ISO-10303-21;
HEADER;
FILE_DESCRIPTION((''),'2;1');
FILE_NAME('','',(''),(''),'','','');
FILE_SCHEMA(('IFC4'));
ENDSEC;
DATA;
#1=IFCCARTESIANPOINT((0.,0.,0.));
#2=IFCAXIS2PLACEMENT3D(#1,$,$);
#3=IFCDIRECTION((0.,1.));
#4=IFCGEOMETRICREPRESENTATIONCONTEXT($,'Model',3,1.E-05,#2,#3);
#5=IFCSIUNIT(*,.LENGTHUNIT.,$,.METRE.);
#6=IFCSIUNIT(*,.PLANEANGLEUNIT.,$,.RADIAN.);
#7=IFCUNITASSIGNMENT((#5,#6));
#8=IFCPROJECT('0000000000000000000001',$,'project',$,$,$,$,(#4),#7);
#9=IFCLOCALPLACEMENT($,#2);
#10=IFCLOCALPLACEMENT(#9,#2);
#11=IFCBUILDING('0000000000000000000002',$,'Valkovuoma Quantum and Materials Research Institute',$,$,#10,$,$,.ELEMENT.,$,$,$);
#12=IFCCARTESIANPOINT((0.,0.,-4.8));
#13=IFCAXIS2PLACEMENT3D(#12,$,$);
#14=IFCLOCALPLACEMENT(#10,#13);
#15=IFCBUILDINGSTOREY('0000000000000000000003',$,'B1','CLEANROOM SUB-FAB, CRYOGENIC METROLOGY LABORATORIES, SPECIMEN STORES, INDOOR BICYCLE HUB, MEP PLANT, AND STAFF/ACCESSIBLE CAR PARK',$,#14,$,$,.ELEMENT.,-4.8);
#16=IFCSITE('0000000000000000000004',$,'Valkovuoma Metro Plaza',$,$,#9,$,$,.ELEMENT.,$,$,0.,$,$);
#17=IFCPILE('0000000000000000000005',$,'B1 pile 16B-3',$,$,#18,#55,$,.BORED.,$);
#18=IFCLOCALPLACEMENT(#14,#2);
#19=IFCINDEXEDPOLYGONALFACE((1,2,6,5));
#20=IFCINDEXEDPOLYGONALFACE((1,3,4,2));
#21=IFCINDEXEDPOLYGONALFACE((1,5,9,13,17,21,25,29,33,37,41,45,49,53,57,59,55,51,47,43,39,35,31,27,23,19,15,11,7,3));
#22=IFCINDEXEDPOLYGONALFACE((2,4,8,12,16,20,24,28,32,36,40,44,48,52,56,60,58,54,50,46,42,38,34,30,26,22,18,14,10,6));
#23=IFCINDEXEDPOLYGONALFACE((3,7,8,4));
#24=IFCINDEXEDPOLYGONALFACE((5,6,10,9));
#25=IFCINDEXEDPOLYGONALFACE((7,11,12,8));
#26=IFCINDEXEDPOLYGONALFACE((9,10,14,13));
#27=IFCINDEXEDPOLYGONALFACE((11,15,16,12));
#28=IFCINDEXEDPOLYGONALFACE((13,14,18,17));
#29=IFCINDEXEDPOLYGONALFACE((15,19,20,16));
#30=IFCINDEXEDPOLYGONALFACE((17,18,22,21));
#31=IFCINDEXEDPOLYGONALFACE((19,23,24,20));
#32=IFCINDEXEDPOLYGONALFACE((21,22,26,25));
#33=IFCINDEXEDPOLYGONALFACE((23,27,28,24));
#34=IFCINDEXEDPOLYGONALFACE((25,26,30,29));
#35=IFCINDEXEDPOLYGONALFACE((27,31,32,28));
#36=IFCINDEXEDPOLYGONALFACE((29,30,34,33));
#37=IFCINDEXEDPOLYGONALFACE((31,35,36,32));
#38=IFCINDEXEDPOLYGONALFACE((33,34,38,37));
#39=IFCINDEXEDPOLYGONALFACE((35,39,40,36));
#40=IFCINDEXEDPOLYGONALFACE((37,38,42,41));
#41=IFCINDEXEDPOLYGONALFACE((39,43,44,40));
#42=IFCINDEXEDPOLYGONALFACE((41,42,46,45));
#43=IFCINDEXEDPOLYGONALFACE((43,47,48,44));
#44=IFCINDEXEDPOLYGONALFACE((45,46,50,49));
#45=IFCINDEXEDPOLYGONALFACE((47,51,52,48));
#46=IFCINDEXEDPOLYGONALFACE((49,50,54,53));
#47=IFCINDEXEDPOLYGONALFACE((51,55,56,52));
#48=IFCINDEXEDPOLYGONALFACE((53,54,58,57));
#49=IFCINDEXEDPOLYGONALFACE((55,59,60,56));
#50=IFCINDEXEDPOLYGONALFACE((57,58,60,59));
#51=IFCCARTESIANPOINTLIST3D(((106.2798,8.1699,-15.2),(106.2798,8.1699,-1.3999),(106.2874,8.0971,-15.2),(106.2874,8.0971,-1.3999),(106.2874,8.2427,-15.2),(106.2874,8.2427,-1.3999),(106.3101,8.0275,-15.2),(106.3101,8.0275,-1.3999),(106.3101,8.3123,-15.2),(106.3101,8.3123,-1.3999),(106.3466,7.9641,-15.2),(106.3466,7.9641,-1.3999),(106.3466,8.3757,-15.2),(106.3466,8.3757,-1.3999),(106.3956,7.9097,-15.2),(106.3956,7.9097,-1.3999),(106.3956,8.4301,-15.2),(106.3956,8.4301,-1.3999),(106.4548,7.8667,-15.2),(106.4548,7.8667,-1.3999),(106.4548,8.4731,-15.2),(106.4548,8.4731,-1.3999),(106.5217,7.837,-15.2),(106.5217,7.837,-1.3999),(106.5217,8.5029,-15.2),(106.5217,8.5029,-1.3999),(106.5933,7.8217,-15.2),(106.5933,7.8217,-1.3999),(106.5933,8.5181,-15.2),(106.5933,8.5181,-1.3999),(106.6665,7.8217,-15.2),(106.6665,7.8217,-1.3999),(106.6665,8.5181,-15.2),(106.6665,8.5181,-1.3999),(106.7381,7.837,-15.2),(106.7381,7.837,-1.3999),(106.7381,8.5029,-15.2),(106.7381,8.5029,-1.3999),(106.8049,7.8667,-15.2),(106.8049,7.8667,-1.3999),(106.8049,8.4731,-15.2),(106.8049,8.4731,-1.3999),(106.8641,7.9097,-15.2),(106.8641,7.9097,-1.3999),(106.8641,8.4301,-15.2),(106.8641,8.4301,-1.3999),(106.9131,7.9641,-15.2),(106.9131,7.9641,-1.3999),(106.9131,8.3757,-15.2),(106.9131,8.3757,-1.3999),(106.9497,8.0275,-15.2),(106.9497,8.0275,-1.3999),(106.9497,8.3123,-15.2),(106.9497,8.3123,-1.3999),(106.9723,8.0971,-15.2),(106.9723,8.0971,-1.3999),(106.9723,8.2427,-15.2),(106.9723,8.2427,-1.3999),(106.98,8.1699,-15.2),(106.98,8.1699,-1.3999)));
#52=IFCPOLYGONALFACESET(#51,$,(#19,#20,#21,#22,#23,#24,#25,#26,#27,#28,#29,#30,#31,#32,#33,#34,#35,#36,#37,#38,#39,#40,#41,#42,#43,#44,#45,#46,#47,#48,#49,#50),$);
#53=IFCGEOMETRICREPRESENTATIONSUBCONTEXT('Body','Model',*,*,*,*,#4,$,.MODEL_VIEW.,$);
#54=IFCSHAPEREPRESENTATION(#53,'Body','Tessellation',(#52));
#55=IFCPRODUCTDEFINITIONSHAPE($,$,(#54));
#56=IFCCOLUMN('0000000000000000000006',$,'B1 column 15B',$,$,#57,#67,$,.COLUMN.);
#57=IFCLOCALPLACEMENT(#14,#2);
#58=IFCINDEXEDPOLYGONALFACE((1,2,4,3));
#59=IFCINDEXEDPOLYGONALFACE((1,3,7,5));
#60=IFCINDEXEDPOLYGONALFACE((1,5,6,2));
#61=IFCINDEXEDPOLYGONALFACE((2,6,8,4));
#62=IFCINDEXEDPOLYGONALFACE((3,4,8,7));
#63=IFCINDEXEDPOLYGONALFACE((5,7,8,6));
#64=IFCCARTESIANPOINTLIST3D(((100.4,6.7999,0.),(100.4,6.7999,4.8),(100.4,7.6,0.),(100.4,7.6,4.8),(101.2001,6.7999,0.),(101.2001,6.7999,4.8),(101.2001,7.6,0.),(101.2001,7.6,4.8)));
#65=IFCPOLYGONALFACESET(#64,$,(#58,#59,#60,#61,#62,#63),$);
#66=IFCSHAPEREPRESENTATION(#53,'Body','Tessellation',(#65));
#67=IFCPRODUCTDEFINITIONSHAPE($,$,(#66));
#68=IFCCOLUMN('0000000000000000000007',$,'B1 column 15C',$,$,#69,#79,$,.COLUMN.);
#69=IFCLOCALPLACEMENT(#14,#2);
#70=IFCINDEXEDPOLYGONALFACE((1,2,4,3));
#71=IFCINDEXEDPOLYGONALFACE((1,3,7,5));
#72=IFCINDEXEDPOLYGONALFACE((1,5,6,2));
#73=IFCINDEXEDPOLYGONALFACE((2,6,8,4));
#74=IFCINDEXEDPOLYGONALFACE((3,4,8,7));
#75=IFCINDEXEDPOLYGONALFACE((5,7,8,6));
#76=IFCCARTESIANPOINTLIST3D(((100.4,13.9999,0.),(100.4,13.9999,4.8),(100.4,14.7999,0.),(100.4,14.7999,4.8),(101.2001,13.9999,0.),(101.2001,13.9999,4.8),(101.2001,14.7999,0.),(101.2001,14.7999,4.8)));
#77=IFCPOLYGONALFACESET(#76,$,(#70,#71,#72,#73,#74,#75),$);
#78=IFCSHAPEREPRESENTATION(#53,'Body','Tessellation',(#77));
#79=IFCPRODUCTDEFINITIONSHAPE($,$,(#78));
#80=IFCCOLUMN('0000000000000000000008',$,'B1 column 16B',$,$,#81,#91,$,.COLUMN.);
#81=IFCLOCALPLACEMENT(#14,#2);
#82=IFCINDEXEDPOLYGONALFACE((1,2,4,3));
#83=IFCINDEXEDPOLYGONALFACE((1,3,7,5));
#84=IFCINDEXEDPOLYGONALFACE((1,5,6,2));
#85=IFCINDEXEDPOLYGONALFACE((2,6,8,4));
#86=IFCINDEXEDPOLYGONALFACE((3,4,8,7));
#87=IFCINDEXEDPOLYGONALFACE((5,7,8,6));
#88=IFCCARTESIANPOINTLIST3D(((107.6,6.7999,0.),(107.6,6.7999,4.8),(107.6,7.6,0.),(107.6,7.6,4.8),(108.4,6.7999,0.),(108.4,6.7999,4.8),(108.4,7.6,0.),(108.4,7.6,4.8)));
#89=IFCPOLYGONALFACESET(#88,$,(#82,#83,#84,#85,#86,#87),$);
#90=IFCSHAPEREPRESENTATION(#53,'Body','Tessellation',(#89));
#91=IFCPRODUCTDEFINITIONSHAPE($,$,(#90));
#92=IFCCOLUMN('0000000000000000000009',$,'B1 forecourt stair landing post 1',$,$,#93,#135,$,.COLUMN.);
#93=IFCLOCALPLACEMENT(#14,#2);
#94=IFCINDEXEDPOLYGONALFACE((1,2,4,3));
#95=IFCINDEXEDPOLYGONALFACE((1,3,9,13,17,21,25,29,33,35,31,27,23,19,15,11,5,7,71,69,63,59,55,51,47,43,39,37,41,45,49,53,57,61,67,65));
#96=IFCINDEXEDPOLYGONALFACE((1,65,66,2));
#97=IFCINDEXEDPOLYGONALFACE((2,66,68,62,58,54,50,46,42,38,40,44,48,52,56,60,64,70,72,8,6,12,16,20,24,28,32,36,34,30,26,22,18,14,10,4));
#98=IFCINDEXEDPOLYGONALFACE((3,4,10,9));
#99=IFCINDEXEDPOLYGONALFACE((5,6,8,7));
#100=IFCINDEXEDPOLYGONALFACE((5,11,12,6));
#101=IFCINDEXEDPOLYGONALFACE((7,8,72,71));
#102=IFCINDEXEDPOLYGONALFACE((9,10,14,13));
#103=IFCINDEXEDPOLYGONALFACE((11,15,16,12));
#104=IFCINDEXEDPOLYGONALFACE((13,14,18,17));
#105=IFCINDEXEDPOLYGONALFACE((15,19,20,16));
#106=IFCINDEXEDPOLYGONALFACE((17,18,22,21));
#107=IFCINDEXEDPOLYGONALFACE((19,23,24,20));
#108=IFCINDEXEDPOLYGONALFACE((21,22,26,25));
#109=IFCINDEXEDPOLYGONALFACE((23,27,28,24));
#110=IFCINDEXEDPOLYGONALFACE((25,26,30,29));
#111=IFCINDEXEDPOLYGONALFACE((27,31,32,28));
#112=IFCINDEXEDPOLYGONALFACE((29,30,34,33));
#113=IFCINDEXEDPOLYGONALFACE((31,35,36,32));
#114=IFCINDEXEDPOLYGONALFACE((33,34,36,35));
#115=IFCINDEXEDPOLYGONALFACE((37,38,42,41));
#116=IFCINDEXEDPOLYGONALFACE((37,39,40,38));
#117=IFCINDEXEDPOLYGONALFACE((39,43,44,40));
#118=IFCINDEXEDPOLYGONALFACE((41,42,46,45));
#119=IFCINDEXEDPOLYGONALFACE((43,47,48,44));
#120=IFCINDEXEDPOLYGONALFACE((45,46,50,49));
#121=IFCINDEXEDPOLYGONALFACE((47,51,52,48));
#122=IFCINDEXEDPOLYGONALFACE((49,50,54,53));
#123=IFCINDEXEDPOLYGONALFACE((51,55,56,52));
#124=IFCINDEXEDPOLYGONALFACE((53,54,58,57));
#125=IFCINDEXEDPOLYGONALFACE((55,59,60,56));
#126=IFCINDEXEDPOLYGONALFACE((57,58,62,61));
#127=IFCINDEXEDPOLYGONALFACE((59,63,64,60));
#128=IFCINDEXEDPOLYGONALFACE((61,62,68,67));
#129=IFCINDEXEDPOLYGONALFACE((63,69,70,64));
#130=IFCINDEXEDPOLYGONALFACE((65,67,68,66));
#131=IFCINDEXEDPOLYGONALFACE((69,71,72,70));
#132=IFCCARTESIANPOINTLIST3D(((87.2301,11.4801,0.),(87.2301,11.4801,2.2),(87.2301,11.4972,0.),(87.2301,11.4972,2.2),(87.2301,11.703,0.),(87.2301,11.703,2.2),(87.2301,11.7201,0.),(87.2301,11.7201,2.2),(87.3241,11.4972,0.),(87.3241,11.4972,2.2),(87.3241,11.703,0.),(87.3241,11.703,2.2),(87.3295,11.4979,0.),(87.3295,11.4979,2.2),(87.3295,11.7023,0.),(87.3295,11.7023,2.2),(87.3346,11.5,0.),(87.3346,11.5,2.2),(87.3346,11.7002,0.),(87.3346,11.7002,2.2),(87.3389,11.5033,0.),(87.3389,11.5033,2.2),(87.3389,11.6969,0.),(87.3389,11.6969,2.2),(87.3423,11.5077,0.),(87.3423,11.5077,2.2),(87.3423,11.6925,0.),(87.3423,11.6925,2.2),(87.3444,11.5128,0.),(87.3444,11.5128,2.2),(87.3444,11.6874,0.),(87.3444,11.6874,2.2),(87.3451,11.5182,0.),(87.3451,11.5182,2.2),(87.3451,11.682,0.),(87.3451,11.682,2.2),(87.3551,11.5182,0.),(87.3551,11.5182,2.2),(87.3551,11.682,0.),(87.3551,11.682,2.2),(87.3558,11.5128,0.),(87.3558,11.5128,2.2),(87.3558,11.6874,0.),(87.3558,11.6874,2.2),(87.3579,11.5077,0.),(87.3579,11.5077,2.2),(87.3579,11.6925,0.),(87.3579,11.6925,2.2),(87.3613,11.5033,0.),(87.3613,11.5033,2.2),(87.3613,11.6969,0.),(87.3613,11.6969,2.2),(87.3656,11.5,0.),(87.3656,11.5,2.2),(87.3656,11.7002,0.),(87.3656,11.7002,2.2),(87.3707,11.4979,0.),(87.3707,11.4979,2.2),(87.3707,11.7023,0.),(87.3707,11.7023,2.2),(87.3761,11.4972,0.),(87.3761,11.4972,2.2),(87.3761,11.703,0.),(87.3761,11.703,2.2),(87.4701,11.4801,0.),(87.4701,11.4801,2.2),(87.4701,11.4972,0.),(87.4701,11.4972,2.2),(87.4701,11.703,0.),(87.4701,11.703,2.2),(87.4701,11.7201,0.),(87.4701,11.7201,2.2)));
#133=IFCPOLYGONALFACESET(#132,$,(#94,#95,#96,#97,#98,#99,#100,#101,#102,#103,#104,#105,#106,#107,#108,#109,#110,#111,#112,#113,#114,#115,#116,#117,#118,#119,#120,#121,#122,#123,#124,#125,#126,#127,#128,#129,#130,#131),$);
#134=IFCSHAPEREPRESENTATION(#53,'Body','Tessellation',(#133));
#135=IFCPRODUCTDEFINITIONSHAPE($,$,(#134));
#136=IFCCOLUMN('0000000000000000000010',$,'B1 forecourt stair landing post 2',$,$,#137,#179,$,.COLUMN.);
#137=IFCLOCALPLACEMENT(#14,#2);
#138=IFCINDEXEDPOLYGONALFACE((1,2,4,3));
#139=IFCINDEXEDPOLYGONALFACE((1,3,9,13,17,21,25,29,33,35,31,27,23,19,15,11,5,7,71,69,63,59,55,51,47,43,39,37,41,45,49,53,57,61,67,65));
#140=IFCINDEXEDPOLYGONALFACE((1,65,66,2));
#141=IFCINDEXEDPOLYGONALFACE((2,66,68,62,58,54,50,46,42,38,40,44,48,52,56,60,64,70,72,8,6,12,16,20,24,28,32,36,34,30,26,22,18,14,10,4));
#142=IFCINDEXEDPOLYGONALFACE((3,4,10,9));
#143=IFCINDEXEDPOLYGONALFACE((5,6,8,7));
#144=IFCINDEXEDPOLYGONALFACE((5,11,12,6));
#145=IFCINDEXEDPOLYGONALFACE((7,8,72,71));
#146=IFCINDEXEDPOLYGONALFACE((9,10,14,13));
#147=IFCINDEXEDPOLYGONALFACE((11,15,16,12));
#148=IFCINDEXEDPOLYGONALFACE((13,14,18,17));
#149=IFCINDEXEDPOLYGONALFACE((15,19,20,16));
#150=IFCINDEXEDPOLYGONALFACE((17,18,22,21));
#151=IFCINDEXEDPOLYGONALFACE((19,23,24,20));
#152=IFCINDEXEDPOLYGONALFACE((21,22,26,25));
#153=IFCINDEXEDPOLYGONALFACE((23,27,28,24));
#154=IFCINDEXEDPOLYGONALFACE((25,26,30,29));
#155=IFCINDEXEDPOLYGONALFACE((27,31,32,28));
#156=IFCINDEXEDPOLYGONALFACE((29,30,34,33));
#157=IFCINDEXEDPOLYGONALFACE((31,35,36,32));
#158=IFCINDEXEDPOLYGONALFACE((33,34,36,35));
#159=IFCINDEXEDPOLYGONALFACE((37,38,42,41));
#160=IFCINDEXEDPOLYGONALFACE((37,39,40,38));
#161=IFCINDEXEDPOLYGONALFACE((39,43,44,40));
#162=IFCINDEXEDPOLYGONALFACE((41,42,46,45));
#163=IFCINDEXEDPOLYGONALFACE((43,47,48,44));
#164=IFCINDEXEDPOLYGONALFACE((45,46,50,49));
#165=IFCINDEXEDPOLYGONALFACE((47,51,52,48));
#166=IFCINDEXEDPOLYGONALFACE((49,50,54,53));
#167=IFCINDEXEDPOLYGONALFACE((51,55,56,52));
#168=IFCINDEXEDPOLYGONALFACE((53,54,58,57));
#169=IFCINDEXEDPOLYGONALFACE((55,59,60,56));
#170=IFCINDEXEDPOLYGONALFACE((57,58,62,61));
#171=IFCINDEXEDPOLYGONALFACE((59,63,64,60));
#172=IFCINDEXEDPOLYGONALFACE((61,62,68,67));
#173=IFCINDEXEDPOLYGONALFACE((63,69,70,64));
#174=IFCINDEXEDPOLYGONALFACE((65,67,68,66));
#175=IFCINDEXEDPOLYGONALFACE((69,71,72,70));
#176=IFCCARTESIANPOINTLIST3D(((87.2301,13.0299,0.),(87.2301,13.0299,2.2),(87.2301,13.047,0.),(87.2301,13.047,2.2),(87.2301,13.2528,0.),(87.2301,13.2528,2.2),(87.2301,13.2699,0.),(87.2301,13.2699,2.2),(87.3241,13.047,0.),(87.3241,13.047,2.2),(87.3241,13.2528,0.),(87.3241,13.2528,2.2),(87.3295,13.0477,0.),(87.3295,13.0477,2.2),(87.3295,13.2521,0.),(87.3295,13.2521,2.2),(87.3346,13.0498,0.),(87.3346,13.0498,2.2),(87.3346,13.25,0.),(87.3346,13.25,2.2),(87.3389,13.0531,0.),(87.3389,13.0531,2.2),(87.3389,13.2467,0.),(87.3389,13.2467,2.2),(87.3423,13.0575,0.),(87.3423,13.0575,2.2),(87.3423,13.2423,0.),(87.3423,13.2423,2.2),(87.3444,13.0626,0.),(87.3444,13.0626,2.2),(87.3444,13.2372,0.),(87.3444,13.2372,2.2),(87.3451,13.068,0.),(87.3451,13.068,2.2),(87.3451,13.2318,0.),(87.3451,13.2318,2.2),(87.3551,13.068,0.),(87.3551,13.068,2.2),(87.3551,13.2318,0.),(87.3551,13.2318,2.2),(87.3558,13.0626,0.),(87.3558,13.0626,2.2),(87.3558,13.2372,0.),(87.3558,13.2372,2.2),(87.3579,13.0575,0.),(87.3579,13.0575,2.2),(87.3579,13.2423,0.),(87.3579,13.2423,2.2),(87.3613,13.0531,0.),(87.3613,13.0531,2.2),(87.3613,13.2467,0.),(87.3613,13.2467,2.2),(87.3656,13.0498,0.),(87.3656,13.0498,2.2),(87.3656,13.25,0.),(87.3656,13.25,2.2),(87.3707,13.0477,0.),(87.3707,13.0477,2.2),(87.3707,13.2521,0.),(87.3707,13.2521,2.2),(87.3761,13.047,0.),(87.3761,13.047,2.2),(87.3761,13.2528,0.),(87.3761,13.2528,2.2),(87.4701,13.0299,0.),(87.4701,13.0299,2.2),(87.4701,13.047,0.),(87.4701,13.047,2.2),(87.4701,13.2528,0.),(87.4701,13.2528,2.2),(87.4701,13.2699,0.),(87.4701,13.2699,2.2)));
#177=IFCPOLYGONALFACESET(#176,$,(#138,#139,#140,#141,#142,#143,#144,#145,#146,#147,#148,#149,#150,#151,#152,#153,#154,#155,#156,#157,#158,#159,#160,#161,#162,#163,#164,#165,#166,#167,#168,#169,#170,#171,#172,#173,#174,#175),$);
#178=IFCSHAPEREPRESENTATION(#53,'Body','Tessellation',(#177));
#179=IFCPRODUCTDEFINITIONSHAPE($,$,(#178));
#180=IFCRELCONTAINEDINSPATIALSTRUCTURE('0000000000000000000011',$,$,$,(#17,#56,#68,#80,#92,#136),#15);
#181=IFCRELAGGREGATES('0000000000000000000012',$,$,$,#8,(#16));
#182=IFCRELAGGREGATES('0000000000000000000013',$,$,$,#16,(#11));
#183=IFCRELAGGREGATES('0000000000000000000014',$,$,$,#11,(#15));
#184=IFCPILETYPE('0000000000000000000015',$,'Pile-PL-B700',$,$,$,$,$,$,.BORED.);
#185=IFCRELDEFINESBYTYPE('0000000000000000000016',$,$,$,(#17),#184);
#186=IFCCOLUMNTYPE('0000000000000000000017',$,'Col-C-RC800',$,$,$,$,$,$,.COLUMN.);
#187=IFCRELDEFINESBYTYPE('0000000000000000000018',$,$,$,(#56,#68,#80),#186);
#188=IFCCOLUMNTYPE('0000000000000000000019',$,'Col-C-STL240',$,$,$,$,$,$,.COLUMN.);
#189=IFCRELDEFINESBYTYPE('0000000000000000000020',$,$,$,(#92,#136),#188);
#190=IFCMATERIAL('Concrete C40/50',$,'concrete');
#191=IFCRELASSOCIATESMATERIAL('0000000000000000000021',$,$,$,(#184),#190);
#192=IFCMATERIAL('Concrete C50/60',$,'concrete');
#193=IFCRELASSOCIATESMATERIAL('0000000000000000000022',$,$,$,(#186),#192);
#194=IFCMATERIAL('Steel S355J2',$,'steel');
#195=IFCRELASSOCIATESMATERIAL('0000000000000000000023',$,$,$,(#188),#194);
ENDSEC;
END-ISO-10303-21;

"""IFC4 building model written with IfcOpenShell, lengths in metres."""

from ifc_helpers import new_model, si_unit, direction, frame, origin, origin_2d, place, context, subcontext, project, spatial, rectangle, circle, i_section, extrude, material, material_profile, profile_set, type_object, element, save


model = new_model("IFC4")

# Units and contexts
model_context = context("Model", 3, precision=1e-05, world=origin(), true_north=direction((0.0, 1.0)))
body_context = subcontext(model_context, "Body", "Model", "MODEL_VIEW")
ifc_project = project(units=[si_unit("LENGTHUNIT", "METRE"), si_unit("PLANEANGLEUNIT", "RADIAN")], contexts=[model_context])

# Site, building, storey
site_placement = place(None, origin())
site = spatial("IfcSite", under=ifc_project, at=site_placement, Name="Valkovuoma Metro Plaza", CompositionType="ELEMENT", RefElevation=0.0)
building_placement = place(site_placement, origin())
building = spatial("IfcBuilding", under=site, at=building_placement, Name="Valkovuoma Quantum and Materials Research Institute", CompositionType="ELEMENT")
storey_placement = place(building_placement, frame((0.0, 0.0, -4.8)))
storey = spatial("IfcBuildingStorey", under=building, at=storey_placement, Name="B1", Description="CLEANROOM SUB-FAB, CRYOGENIC METROLOGY LABORATORIES, SPECIMEN STORES, INDOOR BICYCLE HUB, MEP PLANT, AND STAFF/ACCESSIBLE CAR PARK", CompositionType="ELEMENT", Elevation=-4.8)

# Pile
ifc_material_1 = material(Name="Concrete C40/50", Category="concrete")
ifc_material_profile_1 = material_profile(ifc_material_1, circle(Radius=0.3501, at=origin_2d()), Name="Concrete C40/50")
ifc_profile_set_1 = profile_set([ifc_material_profile_1], Name="Concrete C40/50")
pile_type = type_object("IfcPileType", Name="Pile-PL-B700", PredefinedType="BORED", material=ifc_profile_set_1)
for number, where, z_axis, x_axis, name in (
    (1, (106.6299, 8.1699, -1.3999), (0.0, 0.0, -1.0), (1.0, 0.0, 0.0), "B1 pile 16B-3"),
):
    element("IfcPile", number, at=place(storey_placement, frame(where, z_axis=z_axis, x_axis=x_axis)), inside=storey, type_object=pile_type, Name=name, PredefinedType="BORED", context=body_context, shape_type="SweptSolid", body=[
        extrude(circle(Radius=0.3501, at=origin_2d()), origin(), (0.0, 0.0, 1.0), 13.8),
    ])

# Columns
ifc_material_2 = material(Name="Concrete C50/60", Category="concrete")
ifc_material_profile_2 = material_profile(ifc_material_2, rectangle(XDim=0.8, YDim=0.8, at=origin_2d()), Name="Concrete C50/60")
ifc_profile_set_2 = profile_set([ifc_material_profile_2], Name="Concrete C50/60")
column_type_1 = type_object("IfcColumnType", Name="Col-C-RC800", PredefinedType="COLUMN", material=ifc_profile_set_2)
for number, where, z_axis, x_axis, name in (
    (2, (100.8, 7.2, 0.0), (0.0, 0.0, 1.0), (1.0, 0.0, 0.0), "B1 column 15B"),
    (3, (100.8, 14.3999, 0.0), (0.0, 0.0, 1.0), (1.0, 0.0, 0.0), "B1 column 15C"),
    (4, (108.0, 7.2, 0.0), (0.0, 0.0, 1.0), (1.0, 0.0, 0.0), "B1 column 16B"),
):
    element("IfcColumn", number, at=place(storey_placement, frame(where, z_axis=z_axis, x_axis=x_axis)), inside=storey, type_object=column_type_1, Name=name, PredefinedType="COLUMN", context=body_context, shape_type="SweptSolid", body=[
        extrude(rectangle(XDim=0.8, YDim=0.8, at=origin_2d()), origin(), (0.0, 0.0, 1.0), 4.8),
    ])
ifc_material_3 = material(Name="Steel S355J2", Category="steel")
ifc_material_profile_3 = material_profile(ifc_material_3, i_section(OverallWidth=0.24, OverallDepth=0.24, WebThickness=0.01, FlangeThickness=0.0171, FilletRadius=0.021, at=origin_2d()), Name="Steel S355J2")
ifc_profile_set_3 = profile_set([ifc_material_profile_3], Name="Steel S355J2")
column_type_2 = type_object("IfcColumnType", Name="Col-C-STL240", PredefinedType="COLUMN", material=ifc_profile_set_3)
for number, where, z_axis, x_axis, name in (
    (5, (87.3501, 11.6001, 0.0), (0.0, 0.0, 1.0), (1.0, 0.0, 0.0), "B1 forecourt stair landing post 1"),
    (6, (87.3501, 13.1499, 0.0), (0.0, 0.0, 1.0), (1.0, 0.0, 0.0), "B1 forecourt stair landing post 2"),
):
    element("IfcColumn", number, at=place(storey_placement, frame(where, z_axis=z_axis, x_axis=x_axis)), inside=storey, type_object=column_type_2, Name=name, PredefinedType="COLUMN", context=body_context, shape_type="SweptSolid", body=[
        extrude(i_section(OverallWidth=0.24, OverallDepth=0.24, WebThickness=0.01, FlangeThickness=0.0171, FilletRadius=0.021, at=origin_2d()), origin(), (0.0, 0.0, 1.0), 2.2),
    ])

save(model, "model.ifc")
